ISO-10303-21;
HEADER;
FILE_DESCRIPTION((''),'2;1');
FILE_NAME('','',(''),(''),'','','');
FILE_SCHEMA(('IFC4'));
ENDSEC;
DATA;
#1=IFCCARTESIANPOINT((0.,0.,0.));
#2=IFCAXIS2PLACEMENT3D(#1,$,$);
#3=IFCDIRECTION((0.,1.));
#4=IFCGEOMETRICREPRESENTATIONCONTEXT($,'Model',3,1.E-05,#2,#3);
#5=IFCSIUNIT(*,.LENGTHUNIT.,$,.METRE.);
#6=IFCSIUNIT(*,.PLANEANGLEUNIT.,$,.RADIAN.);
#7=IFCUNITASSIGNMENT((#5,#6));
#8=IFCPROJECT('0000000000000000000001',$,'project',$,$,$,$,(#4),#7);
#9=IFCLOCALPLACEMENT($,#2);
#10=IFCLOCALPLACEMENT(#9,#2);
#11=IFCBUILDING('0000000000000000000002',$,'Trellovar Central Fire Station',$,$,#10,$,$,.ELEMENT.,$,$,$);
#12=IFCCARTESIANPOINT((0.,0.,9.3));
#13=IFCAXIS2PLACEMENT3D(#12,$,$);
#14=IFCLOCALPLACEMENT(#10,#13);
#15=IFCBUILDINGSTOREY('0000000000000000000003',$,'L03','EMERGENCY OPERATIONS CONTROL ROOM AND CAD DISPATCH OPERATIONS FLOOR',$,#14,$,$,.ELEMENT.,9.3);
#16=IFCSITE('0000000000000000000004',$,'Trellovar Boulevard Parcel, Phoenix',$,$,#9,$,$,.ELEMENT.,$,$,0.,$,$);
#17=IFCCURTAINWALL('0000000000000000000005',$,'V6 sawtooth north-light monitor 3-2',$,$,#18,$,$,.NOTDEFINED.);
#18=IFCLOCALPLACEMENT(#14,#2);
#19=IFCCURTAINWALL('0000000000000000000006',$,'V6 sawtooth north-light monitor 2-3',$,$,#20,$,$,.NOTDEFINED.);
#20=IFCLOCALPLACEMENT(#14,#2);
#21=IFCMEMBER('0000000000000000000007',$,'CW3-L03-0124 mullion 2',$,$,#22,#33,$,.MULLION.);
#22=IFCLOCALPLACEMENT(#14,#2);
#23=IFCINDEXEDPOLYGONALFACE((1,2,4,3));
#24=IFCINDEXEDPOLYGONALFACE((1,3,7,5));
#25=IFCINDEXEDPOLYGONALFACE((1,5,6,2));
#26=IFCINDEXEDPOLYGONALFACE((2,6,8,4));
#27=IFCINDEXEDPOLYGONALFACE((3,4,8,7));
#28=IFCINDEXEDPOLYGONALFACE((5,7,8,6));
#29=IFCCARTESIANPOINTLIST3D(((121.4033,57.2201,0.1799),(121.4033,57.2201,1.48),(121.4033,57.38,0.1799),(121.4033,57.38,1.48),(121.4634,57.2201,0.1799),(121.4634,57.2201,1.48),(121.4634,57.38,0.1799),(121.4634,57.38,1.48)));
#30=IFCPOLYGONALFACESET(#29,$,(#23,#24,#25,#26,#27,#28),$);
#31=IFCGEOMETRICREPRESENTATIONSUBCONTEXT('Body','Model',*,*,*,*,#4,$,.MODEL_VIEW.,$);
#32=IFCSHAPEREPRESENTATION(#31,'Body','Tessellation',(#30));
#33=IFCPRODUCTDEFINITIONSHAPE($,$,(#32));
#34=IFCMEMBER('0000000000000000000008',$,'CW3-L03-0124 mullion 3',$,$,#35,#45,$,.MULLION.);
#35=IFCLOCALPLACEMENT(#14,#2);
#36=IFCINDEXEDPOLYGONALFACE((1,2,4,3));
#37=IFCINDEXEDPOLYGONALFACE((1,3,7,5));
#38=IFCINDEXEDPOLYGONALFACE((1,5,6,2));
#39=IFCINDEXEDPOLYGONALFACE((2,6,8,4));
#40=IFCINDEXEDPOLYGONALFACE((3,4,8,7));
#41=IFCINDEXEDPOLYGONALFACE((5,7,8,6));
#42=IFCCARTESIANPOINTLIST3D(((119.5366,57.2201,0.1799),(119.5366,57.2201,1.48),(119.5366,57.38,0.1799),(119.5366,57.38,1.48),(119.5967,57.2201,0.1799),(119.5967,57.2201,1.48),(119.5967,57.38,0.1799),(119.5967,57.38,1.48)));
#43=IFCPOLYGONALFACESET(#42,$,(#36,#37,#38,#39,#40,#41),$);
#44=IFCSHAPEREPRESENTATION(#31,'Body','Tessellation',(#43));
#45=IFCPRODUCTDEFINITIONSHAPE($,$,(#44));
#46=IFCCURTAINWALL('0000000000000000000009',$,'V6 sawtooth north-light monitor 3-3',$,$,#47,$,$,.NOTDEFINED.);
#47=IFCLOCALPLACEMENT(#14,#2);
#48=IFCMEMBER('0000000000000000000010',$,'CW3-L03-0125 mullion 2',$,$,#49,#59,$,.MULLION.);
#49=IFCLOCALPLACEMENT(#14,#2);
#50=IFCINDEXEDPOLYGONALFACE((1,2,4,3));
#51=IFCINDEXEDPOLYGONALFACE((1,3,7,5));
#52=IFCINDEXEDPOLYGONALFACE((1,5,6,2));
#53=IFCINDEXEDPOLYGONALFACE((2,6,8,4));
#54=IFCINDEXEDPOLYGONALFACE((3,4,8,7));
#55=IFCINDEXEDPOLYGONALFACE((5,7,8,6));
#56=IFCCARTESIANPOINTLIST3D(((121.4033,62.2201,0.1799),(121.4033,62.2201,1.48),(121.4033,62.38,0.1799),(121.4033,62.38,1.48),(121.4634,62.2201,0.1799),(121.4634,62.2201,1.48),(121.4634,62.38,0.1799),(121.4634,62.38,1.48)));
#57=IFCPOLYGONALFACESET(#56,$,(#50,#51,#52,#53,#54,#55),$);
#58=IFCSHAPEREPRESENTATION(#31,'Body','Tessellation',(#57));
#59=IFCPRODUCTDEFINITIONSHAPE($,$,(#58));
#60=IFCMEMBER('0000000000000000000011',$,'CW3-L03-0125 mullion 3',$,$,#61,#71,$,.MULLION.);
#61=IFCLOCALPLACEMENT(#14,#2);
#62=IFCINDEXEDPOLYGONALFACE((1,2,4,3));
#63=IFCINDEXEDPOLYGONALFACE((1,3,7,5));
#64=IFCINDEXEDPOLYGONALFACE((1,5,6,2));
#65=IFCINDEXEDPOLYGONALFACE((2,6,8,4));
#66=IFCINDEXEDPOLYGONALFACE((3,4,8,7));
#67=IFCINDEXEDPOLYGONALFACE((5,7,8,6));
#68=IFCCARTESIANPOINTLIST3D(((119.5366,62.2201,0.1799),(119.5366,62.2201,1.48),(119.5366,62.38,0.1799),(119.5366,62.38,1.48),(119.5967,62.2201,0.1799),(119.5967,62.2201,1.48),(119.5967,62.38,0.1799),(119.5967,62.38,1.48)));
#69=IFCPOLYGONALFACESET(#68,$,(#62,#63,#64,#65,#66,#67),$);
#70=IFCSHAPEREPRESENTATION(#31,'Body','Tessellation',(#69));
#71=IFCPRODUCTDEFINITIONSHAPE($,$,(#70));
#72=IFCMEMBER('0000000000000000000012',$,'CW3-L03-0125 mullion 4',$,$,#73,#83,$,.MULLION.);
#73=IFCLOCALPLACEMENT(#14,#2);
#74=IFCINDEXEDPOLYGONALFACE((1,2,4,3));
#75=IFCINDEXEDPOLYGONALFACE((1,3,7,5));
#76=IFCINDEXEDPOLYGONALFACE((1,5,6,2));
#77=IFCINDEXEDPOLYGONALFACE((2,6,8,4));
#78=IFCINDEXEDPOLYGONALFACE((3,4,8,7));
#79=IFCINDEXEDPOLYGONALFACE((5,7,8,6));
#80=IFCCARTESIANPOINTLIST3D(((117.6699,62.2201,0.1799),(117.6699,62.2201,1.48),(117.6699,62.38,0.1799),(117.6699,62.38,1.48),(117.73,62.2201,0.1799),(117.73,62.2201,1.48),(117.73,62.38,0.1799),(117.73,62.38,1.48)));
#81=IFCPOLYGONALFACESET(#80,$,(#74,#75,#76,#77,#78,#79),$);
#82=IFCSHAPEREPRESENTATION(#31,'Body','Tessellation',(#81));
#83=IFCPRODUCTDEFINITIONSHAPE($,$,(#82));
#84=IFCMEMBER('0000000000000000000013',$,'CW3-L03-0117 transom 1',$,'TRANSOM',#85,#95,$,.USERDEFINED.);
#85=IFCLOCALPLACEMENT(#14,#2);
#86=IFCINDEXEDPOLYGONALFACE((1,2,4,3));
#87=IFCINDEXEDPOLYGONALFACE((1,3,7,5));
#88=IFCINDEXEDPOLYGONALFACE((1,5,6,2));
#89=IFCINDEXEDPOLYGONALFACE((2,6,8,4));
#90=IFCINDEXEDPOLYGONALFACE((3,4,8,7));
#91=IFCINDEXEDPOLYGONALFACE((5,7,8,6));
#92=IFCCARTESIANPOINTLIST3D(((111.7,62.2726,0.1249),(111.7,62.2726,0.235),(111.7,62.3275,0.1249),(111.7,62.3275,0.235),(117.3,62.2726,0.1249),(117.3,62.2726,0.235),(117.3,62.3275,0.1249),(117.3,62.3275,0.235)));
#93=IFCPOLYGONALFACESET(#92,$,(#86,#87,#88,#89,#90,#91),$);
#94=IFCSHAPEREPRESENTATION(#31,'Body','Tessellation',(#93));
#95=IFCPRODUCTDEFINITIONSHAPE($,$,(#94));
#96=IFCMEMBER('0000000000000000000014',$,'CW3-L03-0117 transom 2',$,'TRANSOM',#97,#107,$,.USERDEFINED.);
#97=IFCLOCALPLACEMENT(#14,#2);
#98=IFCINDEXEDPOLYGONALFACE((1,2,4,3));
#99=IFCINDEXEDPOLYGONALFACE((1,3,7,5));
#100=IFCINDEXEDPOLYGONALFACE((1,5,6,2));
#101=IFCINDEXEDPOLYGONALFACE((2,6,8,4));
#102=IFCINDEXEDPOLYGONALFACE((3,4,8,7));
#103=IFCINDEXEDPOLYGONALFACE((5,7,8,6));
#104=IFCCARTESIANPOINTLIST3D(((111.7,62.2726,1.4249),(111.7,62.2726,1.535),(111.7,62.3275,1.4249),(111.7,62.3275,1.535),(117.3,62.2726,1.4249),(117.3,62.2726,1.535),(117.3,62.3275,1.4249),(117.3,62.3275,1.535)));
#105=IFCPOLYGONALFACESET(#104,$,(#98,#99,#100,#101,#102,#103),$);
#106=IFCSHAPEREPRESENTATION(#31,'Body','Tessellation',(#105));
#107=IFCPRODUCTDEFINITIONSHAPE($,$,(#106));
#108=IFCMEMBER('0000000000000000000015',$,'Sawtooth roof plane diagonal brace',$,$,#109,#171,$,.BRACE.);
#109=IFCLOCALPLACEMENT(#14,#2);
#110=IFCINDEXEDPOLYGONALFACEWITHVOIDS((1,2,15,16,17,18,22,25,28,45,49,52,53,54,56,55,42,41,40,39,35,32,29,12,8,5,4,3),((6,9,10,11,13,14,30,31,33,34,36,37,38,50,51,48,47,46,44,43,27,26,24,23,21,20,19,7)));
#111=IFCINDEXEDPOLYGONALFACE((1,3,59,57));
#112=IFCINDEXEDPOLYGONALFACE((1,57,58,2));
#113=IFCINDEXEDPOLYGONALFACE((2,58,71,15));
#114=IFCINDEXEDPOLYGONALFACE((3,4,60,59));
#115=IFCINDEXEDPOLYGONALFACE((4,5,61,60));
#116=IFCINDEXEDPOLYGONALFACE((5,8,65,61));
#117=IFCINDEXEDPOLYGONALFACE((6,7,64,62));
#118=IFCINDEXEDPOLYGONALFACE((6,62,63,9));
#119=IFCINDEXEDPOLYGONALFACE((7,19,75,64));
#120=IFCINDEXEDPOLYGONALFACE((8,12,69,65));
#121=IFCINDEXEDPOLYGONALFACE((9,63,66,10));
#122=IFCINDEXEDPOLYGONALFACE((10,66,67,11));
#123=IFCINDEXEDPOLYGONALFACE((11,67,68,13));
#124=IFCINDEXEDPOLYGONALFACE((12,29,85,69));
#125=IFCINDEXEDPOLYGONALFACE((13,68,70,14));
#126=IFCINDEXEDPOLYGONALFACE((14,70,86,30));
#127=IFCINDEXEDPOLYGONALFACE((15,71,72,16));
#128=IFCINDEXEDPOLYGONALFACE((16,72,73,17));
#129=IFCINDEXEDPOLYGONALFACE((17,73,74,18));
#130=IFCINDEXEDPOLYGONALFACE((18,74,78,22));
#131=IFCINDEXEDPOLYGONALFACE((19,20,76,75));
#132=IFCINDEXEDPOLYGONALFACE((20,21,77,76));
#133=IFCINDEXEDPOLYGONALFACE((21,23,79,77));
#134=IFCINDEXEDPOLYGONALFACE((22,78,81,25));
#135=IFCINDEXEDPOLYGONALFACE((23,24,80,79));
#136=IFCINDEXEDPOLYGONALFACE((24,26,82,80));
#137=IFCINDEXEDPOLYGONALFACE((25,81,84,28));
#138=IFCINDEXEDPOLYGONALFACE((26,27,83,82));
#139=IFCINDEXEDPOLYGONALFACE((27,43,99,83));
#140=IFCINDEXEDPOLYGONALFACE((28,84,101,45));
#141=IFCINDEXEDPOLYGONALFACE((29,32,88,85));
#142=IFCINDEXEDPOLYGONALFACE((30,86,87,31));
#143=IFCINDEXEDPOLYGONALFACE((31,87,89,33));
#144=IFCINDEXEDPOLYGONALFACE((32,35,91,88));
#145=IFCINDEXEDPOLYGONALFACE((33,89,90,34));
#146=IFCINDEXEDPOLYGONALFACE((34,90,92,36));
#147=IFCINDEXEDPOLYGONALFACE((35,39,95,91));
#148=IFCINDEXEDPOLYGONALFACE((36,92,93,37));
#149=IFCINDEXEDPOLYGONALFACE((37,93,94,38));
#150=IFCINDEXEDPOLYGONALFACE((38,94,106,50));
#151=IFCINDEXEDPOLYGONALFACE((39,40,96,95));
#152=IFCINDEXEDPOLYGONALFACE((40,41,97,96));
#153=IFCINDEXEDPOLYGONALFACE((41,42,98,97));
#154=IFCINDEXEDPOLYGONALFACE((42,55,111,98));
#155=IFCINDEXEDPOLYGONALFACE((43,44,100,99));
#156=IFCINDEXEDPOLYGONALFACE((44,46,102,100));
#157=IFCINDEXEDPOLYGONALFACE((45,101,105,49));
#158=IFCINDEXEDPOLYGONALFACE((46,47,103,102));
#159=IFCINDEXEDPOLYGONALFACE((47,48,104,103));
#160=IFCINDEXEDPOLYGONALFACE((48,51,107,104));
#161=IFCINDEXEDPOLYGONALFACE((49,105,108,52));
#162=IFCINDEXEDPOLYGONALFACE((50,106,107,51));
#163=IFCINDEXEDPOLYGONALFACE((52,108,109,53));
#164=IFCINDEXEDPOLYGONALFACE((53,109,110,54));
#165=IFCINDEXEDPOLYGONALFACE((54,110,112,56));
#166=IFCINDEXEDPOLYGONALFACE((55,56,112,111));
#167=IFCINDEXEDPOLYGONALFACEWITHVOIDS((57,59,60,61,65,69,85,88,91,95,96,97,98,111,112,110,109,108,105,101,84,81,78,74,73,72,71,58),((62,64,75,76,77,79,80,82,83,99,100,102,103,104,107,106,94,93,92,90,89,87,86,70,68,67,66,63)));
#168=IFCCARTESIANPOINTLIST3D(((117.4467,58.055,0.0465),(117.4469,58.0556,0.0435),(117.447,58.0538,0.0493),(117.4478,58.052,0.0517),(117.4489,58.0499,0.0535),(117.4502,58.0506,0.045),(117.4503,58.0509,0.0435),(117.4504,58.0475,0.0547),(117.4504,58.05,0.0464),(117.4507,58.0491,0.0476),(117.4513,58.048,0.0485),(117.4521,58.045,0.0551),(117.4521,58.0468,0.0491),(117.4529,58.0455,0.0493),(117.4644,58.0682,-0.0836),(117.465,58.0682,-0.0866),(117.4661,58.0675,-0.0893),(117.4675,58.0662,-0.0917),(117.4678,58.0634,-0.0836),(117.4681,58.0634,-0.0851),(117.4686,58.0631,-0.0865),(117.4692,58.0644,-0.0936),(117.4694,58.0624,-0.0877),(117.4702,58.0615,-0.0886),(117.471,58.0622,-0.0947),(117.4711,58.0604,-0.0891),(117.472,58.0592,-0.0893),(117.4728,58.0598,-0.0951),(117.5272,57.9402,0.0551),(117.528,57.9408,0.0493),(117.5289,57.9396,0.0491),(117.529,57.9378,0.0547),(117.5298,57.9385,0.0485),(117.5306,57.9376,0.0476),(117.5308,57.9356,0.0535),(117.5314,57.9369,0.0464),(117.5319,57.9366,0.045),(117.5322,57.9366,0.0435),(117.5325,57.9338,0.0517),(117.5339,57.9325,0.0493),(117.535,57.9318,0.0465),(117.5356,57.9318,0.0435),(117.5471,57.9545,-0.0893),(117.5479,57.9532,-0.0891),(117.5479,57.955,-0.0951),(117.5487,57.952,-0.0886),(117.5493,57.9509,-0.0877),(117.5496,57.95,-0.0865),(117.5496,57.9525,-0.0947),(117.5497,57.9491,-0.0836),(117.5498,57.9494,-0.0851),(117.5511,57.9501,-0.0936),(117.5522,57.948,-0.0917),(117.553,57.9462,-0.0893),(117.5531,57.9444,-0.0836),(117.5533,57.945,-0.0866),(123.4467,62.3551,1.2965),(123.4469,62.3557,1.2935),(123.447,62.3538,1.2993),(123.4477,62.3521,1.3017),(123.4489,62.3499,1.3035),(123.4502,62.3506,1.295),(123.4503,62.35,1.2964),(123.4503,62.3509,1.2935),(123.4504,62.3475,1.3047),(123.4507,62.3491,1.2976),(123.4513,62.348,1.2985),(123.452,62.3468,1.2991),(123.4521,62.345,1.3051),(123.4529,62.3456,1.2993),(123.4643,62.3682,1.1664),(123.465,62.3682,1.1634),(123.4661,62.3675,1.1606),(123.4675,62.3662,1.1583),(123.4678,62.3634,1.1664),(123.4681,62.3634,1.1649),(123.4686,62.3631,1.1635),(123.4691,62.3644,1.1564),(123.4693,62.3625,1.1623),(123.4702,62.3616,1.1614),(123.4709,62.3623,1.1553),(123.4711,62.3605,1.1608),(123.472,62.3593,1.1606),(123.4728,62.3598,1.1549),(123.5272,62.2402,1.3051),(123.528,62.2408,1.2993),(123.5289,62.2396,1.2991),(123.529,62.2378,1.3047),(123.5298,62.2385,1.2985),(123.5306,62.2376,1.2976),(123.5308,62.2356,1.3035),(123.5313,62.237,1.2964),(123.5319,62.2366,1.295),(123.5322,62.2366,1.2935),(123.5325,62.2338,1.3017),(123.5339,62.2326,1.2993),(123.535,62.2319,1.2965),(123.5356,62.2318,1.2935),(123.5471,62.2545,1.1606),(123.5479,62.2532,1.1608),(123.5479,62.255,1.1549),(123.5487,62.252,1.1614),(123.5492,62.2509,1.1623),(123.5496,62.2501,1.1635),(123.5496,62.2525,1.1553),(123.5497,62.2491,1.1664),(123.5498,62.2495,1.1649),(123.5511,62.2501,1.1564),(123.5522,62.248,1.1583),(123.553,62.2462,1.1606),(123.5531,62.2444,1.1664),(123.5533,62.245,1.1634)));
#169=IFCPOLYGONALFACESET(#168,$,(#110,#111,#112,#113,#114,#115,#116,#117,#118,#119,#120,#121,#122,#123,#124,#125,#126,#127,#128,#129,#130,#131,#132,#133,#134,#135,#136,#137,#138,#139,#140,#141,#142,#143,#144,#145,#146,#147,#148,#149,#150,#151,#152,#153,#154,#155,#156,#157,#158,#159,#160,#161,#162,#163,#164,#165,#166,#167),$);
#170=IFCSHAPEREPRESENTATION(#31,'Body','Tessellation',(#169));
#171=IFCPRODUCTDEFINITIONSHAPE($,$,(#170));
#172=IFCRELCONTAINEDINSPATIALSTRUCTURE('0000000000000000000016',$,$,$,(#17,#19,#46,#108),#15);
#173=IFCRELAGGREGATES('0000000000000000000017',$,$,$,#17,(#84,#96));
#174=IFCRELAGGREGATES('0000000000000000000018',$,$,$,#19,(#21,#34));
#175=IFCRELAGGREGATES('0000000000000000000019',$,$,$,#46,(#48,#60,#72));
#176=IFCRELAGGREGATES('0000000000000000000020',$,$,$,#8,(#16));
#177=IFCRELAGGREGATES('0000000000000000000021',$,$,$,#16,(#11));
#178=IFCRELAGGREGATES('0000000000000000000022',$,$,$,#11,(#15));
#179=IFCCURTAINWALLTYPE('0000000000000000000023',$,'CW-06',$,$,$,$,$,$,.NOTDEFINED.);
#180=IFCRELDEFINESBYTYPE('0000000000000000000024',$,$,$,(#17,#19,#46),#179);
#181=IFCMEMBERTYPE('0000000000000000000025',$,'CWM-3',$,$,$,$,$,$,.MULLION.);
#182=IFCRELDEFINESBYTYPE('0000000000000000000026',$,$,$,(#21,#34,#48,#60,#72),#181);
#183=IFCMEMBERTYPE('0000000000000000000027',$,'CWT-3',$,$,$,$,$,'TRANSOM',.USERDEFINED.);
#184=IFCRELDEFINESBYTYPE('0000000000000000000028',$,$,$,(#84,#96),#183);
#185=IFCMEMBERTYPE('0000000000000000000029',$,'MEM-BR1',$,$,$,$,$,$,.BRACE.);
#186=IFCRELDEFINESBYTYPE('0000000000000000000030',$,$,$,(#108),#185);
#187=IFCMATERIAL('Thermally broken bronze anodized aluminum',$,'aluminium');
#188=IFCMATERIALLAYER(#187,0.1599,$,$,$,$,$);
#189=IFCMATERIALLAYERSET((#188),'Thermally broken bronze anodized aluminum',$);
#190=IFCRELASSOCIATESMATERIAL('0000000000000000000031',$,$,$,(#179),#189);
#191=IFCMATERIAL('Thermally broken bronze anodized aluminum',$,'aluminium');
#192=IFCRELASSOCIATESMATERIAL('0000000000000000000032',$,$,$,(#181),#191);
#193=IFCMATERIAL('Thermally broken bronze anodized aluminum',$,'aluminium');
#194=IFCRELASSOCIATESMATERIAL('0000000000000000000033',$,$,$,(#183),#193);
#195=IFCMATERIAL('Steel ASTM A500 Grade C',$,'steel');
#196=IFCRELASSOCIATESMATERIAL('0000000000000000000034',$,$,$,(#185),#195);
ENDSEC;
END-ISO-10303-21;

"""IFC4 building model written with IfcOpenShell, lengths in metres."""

from ifc_helpers import new_model, si_unit, direction, frame, origin, origin_2d, place, context, subcontext, project, spatial, rectangle, hollow_rectangle, extrude, material, layer, layer_set, material_profile, profile_set, type_object, element, aggregate, save


model = new_model("IFC4")

# Units and contexts
model_context = context("Model", 3, precision=1e-05, world=origin(), true_north=direction((0.0, 1.0)))
body_context = subcontext(model_context, "Body", "Model", "MODEL_VIEW")
ifc_project = project(units=[si_unit("LENGTHUNIT", "METRE"), si_unit("PLANEANGLEUNIT", "RADIAN")], contexts=[model_context])

# Site, building, storey
site_placement = place(None, origin())
site = spatial("IfcSite", under=ifc_project, at=site_placement, Name="Trellovar Boulevard Parcel, Phoenix", CompositionType="ELEMENT", RefElevation=0.0)
building_placement = place(site_placement, origin())
building = spatial("IfcBuilding", under=site, at=building_placement, Name="Trellovar Central Fire Station", CompositionType="ELEMENT")
storey_placement = place(building_placement, frame((0.0, 0.0, 9.3)))
storey = spatial("IfcBuildingStorey", under=building, at=storey_placement, Name="L03", Description="EMERGENCY OPERATIONS CONTROL ROOM AND CAD DISPATCH OPERATIONS FLOOR", CompositionType="ELEMENT", Elevation=9.3)

# Curtain walls, members
ifc_material_1 = material(Name="Thermally broken bronze anodized aluminum", Category="aluminium")
ifc_layer_1 = layer(ifc_material_1, 0.1599)
ifc_layer_set_1 = layer_set([ifc_layer_1], Name="Thermally broken bronze anodized aluminum")
curtain_wall_type = type_object("IfcCurtainWallType", Name="CW-06", PredefinedType="NOTDEFINED", material=ifc_layer_set_1)
curtain_wall_1_placement = place(storey_placement, origin())
curtain_wall_1 = element("IfcCurtainWall", 1, at=curtain_wall_1_placement, inside=storey, type_object=curtain_wall_type, Name="V6 sawtooth north-light monitor 3-2", PredefinedType="NOTDEFINED")
ifc_material_2 = material(Name="Thermally broken bronze anodized aluminum", Category="aluminium")
ifc_material_profile_1 = material_profile(ifc_material_2, rectangle(XDim=0.0601, YDim=0.1599, at=origin_2d()), Name="ALU60X160")
ifc_profile_set_1 = profile_set([ifc_material_profile_1], Name="Thermally broken bronze anodized aluminum")
member_type_1 = type_object("IfcMemberType", Name="CWM-3", PredefinedType="MULLION", material=ifc_profile_set_1)
curtain_wall_2_placement = place(storey_placement, origin())
curtain_wall_2 = element("IfcCurtainWall", 2, at=curtain_wall_2_placement, inside=storey, type_object=curtain_wall_type, Name="V6 sawtooth north-light monitor 2-3", PredefinedType="NOTDEFINED")
member_1_placement = place(storey_placement, frame((121.4333, 57.3, 0.1799), z_axis=(0.0, 0.0, 1.0), x_axis=(1.0, 0.0, 0.0)))
member_1 = element("IfcMember", 3, at=member_1_placement, type_object=member_type_1, Name="CW3-L03-0124 mullion 2", PredefinedType="MULLION", context=body_context, shape_type="SweptSolid", body=[
    extrude(rectangle(XDim=0.0601, YDim=0.1599, at=origin_2d()), origin(), (0.0, 0.0, 1.0), 1.3),
])
member_2_placement = place(storey_placement, frame((119.5667, 57.3, 0.1799), z_axis=(0.0, 0.0, 1.0), x_axis=(1.0, 0.0, 0.0)))
member_2 = element("IfcMember", 4, at=member_2_placement, type_object=member_type_1, Name="CW3-L03-0124 mullion 3", PredefinedType="MULLION", context=body_context, shape_type="SweptSolid", body=[
    extrude(rectangle(XDim=0.0601, YDim=0.1599, at=origin_2d()), origin(), (0.0, 0.0, 1.0), 1.3),
])
curtain_wall_3_placement = place(storey_placement, origin())
curtain_wall_3 = element("IfcCurtainWall", 5, at=curtain_wall_3_placement, inside=storey, type_object=curtain_wall_type, Name="V6 sawtooth north-light monitor 3-3", PredefinedType="NOTDEFINED")
member_3_placement = place(storey_placement, frame((121.4333, 62.3, 0.1799), z_axis=(0.0, 0.0, 1.0), x_axis=(1.0, 0.0, 0.0)))
member_3 = element("IfcMember", 6, at=member_3_placement, type_object=member_type_1, Name="CW3-L03-0125 mullion 2", PredefinedType="MULLION", context=body_context, shape_type="SweptSolid", body=[
    extrude(rectangle(XDim=0.0601, YDim=0.1599, at=origin_2d()), origin(), (0.0, 0.0, 1.0), 1.3),
])
member_4_placement = place(storey_placement, frame((119.5667, 62.3, 0.1799), z_axis=(0.0, 0.0, 1.0), x_axis=(1.0, 0.0, 0.0)))
member_4 = element("IfcMember", 7, at=member_4_placement, type_object=member_type_1, Name="CW3-L03-0125 mullion 3", PredefinedType="MULLION", context=body_context, shape_type="SweptSolid", body=[
    extrude(rectangle(XDim=0.0601, YDim=0.1599, at=origin_2d()), origin(), (0.0, 0.0, 1.0), 1.3),
])
member_5_placement = place(storey_placement, frame((117.7, 62.3, 0.1799), z_axis=(0.0, 0.0, 1.0), x_axis=(1.0, 0.0, 0.0)))
member_5 = element("IfcMember", 8, at=member_5_placement, type_object=member_type_1, Name="CW3-L03-0125 mullion 4", PredefinedType="MULLION", context=body_context, shape_type="SweptSolid", body=[
    extrude(rectangle(XDim=0.0601, YDim=0.1599, at=origin_2d()), origin(), (0.0, 0.0, 1.0), 1.3),
])

# Members
ifc_material_3 = material(Name="Thermally broken bronze anodized aluminum", Category="aluminium")
ifc_material_profile_2 = material_profile(ifc_material_3, rectangle(XDim=0.0549, YDim=0.1101, at=origin_2d()), Name="ALU55X110")
ifc_profile_set_2 = profile_set([ifc_material_profile_2], Name="Thermally broken bronze anodized aluminum")
member_type_2 = type_object("IfcMemberType", Name="CWT-3", ElementType="TRANSOM", PredefinedType="USERDEFINED", material=ifc_profile_set_2)
member_6_placement = place(storey_placement, frame((117.3, 62.3, 0.1799), z_axis=(-1.0, 0.0, 0.0), x_axis=(0.0, -1.0, 0.0)))
member_6 = element("IfcMember", 9, at=member_6_placement, type_object=member_type_2, Name="CW3-L03-0117 transom 1", ObjectType="TRANSOM", PredefinedType="USERDEFINED", context=body_context, shape_type="SweptSolid", body=[
    extrude(rectangle(XDim=0.0549, YDim=0.1101, at=origin_2d()), origin(), (0.0, 0.0, 1.0), 5.6001),
])
member_7_placement = place(storey_placement, frame((117.3, 62.3, 1.48), z_axis=(-1.0, 0.0, 0.0), x_axis=(0.0, -1.0, 0.0)))
member_7 = element("IfcMember", 10, at=member_7_placement, type_object=member_type_2, Name="CW3-L03-0117 transom 2", ObjectType="TRANSOM", PredefinedType="USERDEFINED", context=body_context, shape_type="SweptSolid", body=[
    extrude(rectangle(XDim=0.0549, YDim=0.1101, at=origin_2d()), origin(), (0.0, 0.0, 1.0), 5.6001),
])

# Member
ifc_material_4 = material(Name="Steel ASTM A500 Grade C", Category="steel")
ifc_material_profile_3 = material_profile(ifc_material_4, hollow_rectangle(XDim=0.1523, YDim=0.1523, WallThickness=0.0059, InnerFilletRadius=0.0059, OuterFilletRadius=0.0117, at=origin_2d()), Name="HSS6X6X1/4")
ifc_profile_set_3 = profile_set([ifc_material_profile_3], Name="Steel ASTM A500 Grade C")
member_type_3 = type_object("IfcMemberType", Name="MEM-BR1", PredefinedType="BRACE", material=ifc_profile_set_3)
member_8_placement = place(storey_placement, frame((117.5, 58.0, -0.02), z_axis=(0.801405, 0.574347, 0.166959), x_axis=(-0.582523, 0.812814, 0.0)))
element("IfcMember", 11, at=member_8_placement, inside=storey, type_object=member_type_3, Name="Sawtooth roof plane diagonal brace", PredefinedType="BRACE", context=body_context, shape_type="SweptSolid", body=[
    extrude(hollow_rectangle(XDim=0.1523, YDim=0.1523, WallThickness=0.0059, InnerFilletRadius=0.0059, OuterFilletRadius=0.0117, at=origin_2d()), origin(), (0.0, 0.0, 1.0), 7.4868),
])

aggregate(curtain_wall_1, [member_6, member_7])
aggregate(curtain_wall_2, [member_1, member_2])
aggregate(curtain_wall_3, [member_3, member_4, member_5])

save(model, "model.ifc")
